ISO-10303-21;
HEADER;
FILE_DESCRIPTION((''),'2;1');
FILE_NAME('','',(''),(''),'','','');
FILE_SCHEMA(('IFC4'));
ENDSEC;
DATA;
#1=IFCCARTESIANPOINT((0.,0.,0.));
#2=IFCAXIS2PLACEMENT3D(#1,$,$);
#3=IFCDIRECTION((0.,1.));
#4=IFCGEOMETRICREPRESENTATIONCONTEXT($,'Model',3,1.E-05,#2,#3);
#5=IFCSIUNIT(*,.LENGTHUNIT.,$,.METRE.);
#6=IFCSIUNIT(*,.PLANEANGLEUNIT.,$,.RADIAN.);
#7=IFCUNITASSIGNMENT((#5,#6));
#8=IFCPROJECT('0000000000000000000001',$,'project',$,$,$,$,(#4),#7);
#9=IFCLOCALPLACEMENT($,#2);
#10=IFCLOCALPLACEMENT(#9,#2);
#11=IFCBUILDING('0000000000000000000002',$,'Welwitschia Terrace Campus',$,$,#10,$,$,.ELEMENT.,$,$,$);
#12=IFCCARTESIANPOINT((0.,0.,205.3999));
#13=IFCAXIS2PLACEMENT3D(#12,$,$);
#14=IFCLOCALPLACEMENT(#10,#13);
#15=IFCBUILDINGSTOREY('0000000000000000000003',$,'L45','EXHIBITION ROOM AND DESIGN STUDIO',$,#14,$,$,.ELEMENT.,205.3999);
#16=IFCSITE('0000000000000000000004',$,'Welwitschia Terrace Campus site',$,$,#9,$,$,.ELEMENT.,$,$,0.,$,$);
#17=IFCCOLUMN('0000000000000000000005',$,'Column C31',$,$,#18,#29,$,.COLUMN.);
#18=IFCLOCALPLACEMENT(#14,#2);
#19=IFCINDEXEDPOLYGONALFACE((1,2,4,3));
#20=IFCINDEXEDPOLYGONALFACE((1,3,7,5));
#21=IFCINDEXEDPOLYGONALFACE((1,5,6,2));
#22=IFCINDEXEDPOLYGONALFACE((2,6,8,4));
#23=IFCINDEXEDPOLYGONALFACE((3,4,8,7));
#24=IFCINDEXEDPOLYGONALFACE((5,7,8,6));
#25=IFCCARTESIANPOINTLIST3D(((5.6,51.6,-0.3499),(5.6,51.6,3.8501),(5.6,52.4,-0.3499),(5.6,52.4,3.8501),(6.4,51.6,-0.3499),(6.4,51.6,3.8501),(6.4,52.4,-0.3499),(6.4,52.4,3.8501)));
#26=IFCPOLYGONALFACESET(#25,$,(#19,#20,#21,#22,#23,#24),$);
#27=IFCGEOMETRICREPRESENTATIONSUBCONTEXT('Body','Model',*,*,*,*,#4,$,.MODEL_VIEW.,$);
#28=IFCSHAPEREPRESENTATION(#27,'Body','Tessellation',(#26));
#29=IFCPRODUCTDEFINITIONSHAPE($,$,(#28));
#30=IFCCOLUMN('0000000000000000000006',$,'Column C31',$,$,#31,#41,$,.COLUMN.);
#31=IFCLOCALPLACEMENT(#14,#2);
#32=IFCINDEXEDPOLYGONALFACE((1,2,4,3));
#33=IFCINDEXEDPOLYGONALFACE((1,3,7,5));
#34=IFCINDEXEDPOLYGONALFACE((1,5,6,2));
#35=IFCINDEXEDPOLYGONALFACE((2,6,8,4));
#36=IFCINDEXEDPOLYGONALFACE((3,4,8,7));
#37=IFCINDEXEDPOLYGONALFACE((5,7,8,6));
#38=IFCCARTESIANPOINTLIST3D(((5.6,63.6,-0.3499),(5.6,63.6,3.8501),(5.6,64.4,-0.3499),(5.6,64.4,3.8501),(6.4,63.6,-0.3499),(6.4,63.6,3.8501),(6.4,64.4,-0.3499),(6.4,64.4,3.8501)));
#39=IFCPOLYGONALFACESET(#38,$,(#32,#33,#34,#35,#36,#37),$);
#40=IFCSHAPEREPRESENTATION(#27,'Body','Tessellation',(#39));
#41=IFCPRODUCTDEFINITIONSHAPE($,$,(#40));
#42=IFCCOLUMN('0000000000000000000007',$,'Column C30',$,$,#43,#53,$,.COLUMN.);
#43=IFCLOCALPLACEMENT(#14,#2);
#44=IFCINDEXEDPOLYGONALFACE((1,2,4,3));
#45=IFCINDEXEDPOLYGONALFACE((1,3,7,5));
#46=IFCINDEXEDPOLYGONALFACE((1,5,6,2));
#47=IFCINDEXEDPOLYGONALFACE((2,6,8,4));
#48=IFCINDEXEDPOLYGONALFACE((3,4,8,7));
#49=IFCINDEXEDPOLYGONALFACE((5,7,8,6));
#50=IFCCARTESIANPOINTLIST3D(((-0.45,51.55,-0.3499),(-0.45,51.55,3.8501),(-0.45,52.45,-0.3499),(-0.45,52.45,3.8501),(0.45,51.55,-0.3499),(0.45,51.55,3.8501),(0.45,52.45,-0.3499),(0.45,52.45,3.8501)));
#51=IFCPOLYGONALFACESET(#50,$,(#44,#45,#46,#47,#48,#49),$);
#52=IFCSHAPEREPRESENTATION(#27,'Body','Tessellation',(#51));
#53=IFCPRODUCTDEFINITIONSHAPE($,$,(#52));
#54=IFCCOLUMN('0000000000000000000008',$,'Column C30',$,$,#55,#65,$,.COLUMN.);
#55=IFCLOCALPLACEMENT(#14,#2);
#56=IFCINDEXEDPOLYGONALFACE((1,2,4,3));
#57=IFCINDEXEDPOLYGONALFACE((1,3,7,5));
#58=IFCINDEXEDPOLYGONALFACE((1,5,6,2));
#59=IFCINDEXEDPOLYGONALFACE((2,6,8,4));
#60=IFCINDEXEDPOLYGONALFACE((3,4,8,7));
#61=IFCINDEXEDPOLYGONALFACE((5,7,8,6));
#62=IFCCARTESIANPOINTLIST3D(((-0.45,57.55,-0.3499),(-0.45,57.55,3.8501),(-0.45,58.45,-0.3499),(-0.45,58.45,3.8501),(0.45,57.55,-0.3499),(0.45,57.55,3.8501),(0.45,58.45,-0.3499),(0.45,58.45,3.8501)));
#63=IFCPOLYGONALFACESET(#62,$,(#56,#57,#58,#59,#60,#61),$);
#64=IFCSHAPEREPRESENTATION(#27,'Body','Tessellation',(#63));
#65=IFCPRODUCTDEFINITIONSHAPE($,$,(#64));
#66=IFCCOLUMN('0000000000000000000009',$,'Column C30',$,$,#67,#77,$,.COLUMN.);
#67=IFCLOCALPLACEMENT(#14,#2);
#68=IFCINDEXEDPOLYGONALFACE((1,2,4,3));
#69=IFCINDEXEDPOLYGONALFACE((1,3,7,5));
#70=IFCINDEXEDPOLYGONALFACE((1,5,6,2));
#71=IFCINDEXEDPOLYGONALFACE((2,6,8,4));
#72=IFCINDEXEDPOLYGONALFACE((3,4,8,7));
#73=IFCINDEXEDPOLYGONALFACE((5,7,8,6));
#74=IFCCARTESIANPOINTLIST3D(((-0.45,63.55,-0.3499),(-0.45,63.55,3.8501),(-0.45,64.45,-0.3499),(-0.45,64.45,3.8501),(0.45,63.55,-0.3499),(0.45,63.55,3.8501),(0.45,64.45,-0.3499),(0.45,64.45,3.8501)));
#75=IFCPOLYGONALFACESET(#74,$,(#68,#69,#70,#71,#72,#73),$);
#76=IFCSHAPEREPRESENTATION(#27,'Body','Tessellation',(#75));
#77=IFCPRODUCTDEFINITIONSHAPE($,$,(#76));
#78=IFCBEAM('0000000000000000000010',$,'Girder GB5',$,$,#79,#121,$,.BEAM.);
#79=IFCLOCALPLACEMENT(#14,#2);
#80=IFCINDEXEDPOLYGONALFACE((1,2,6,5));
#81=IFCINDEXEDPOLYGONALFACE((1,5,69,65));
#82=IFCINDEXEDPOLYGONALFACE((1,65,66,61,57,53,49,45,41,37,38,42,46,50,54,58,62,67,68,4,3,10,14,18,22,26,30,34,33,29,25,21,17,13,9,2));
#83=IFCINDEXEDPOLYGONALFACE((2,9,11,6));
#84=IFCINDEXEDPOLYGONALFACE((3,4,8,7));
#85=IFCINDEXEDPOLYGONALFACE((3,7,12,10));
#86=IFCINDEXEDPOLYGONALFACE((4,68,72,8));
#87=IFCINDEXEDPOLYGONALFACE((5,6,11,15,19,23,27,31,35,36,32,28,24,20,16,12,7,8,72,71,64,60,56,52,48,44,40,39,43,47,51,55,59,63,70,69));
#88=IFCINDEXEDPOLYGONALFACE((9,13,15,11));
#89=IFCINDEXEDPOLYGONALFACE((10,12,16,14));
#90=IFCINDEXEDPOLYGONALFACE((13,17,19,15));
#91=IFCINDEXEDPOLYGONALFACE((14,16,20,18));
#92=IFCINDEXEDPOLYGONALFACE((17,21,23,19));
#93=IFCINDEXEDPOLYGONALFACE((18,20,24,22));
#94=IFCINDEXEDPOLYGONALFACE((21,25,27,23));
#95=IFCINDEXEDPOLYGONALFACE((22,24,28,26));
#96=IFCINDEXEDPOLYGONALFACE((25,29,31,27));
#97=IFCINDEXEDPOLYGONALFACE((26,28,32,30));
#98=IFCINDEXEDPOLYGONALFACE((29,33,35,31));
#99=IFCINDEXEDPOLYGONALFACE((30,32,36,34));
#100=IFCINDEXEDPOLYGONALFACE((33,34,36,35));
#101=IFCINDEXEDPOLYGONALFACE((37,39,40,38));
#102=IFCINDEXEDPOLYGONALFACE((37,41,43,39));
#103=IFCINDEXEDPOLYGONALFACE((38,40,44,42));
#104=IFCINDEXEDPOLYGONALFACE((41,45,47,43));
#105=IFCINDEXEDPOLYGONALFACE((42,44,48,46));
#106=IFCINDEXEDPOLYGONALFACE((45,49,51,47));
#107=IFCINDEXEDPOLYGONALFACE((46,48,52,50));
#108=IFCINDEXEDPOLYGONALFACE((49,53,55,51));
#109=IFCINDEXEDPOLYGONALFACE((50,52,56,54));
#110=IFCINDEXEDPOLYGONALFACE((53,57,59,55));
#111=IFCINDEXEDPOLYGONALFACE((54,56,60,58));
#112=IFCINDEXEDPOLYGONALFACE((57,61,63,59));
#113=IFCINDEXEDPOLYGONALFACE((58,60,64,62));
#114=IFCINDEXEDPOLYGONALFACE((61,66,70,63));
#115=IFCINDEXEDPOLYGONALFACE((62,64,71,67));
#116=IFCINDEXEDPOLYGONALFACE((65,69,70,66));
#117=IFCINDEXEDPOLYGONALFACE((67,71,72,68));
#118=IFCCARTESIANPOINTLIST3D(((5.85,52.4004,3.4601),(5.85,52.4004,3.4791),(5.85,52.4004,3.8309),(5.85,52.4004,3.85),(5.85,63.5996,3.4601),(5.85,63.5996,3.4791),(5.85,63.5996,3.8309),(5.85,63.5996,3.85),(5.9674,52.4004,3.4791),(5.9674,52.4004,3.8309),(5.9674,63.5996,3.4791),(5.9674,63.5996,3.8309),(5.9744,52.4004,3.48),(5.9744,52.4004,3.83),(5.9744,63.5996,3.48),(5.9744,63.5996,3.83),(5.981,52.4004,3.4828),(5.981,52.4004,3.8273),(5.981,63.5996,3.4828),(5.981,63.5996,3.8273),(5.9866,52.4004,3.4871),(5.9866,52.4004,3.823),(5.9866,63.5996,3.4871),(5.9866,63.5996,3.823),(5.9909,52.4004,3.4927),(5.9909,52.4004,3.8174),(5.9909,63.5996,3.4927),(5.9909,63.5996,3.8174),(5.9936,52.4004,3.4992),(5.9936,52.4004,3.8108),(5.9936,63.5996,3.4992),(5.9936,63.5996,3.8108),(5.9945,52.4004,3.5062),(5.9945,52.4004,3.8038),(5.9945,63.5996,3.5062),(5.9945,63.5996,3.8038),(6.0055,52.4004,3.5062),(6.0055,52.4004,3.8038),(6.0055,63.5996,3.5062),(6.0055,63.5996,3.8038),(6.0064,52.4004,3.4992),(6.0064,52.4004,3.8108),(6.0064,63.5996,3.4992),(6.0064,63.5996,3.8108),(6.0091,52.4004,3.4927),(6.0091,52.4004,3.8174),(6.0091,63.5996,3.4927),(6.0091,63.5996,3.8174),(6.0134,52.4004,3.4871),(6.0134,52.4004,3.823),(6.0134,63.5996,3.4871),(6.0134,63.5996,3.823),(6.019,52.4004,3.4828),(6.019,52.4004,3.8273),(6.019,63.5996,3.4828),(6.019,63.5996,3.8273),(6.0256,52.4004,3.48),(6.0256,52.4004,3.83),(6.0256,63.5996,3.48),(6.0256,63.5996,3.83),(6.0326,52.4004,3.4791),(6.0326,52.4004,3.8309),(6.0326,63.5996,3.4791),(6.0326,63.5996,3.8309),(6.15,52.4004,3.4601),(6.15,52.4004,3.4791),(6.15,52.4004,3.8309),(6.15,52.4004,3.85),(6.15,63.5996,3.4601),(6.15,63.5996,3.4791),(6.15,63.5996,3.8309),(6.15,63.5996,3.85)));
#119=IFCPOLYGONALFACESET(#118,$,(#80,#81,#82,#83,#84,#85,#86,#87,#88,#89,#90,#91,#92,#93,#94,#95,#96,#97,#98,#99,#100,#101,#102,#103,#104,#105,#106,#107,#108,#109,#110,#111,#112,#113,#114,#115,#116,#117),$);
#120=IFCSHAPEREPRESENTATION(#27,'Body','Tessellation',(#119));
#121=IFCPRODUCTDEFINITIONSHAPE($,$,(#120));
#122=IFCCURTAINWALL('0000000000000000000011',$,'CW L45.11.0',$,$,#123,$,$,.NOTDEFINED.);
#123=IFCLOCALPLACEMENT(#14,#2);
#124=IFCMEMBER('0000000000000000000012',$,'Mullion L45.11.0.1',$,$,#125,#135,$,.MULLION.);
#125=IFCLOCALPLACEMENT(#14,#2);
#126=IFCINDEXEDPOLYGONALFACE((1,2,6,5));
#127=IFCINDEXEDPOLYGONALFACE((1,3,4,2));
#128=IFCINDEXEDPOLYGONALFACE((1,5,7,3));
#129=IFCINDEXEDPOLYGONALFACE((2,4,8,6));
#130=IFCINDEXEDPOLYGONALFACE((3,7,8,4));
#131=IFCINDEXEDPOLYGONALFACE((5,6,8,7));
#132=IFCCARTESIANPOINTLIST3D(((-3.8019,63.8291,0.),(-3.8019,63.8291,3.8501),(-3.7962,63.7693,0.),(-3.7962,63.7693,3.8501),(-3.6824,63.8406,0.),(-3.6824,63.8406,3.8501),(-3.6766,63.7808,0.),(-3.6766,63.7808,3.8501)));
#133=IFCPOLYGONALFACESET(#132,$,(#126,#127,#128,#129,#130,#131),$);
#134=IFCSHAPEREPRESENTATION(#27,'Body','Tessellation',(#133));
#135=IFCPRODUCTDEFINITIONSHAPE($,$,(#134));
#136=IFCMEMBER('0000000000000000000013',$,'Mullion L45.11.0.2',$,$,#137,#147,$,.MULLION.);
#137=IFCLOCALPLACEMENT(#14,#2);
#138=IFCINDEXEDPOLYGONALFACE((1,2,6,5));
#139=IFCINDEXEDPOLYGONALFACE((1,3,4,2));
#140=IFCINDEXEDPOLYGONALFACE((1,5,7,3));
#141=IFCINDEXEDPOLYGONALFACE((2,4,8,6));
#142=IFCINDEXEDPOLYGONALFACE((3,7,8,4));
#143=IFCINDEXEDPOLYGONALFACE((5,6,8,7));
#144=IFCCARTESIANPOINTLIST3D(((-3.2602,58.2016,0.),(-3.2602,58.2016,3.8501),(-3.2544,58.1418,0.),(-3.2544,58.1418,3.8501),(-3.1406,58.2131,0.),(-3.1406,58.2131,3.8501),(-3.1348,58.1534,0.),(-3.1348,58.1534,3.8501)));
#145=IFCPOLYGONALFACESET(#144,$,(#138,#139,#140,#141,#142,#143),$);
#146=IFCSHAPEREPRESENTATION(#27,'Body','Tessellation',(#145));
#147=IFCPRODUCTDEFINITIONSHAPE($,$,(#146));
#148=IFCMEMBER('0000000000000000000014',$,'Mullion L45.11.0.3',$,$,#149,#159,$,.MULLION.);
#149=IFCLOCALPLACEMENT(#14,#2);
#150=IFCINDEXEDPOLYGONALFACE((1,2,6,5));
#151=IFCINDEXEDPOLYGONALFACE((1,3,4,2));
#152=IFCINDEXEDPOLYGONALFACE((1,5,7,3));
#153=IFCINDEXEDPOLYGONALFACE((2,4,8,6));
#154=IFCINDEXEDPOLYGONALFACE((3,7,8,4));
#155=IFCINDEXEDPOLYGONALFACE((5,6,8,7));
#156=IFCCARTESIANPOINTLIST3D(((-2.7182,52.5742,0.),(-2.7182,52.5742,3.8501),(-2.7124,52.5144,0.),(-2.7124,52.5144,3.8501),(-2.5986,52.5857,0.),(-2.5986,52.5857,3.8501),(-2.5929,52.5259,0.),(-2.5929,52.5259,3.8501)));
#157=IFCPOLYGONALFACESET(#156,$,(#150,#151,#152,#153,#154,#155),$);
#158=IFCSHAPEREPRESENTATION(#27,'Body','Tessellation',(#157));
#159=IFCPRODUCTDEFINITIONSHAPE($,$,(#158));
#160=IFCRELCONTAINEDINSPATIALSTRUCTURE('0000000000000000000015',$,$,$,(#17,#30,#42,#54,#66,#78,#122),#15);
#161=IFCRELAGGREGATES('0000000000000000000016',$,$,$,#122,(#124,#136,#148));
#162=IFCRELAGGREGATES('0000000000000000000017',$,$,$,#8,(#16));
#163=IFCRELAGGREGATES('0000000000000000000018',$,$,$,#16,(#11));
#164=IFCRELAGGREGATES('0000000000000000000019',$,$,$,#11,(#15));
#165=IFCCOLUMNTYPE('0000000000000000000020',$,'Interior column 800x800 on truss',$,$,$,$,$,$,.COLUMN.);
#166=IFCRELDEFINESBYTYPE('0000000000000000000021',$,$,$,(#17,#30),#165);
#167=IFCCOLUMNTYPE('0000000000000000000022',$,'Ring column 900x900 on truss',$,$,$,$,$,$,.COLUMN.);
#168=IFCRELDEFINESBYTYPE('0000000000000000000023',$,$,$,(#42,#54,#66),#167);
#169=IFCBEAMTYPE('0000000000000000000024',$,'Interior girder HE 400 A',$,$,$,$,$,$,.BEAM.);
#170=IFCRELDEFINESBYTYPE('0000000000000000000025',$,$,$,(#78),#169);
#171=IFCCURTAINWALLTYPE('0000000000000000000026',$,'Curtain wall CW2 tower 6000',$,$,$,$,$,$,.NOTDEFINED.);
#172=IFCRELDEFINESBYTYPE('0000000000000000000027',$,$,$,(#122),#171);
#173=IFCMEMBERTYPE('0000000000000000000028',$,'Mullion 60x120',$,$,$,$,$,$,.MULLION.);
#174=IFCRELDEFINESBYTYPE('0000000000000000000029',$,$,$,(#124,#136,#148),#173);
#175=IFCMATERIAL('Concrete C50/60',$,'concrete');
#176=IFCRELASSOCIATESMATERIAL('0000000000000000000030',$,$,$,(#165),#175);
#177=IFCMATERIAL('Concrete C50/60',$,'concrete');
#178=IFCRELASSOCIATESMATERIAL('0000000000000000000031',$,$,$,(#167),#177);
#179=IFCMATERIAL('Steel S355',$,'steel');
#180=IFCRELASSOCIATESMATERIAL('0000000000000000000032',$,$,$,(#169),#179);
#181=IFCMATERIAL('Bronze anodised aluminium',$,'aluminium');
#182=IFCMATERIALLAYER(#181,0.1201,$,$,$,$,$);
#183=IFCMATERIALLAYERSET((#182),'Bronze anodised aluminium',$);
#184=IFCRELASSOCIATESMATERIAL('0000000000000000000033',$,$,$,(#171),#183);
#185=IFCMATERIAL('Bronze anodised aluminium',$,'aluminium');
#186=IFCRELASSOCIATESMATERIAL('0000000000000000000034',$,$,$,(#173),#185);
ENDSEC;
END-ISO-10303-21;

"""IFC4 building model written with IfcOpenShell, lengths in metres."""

from ifc_helpers import new_model, si_unit, direction, frame, origin, origin_2d, place, context, subcontext, project, spatial, rectangle, i_section, extrude, material, layer, layer_set, material_profile, profile_set, type_object, element, aggregate, save


model = new_model("IFC4")

# Units and contexts
model_context = context("Model", 3, precision=1e-05, world=origin(), true_north=direction((0.0, 1.0)))
body_context = subcontext(model_context, "Body", "Model", "MODEL_VIEW")
ifc_project = project(units=[si_unit("LENGTHUNIT", "METRE"), si_unit("PLANEANGLEUNIT", "RADIAN")], contexts=[model_context])

# Site, building, storey
site_placement = place(None, origin())
site = spatial("IfcSite", under=ifc_project, at=site_placement, Name="Welwitschia Terrace Campus site", CompositionType="ELEMENT", RefElevation=0.0)
building_placement = place(site_placement, origin())
building = spatial("IfcBuilding", under=site, at=building_placement, Name="Welwitschia Terrace Campus", CompositionType="ELEMENT")
storey_placement = place(building_placement, frame((0.0, 0.0, 205.3999)))
storey = spatial("IfcBuildingStorey", under=building, at=storey_placement, Name="L45", Description="EXHIBITION ROOM AND DESIGN STUDIO", CompositionType="ELEMENT", Elevation=205.3999)

# Columns
ifc_material_1 = material(Name="Concrete C50/60", Category="concrete")
ifc_material_profile_1 = material_profile(ifc_material_1, rectangle(XDim=0.8, YDim=0.8, at=origin_2d()))
ifc_profile_set_1 = profile_set([ifc_material_profile_1], Name="Concrete C50/60")
column_type_1 = type_object("IfcColumnType", Name="Interior column 800x800 on truss", PredefinedType="COLUMN", material=ifc_profile_set_1)
for number, where, z_axis, x_axis, name in (
    (1, (6.0, 52.0, -0.3499), (0.0, 0.0, 1.0), (1.0, 0.0, 0.0), "Column C31"),
    (2, (6.0, 64.0, -0.3499), (0.0, 0.0, 1.0), (1.0, 0.0, 0.0), "Column C31"),
):
    element("IfcColumn", number, at=place(storey_placement, frame(where, z_axis=z_axis, x_axis=x_axis)), inside=storey, type_object=column_type_1, Name=name, PredefinedType="COLUMN", context=body_context, shape_type="SweptSolid", body=[
        extrude(rectangle(XDim=0.8, YDim=0.8, at=origin_2d()), origin(), (0.0, 0.0, 1.0), 4.2),
    ])
ifc_material_2 = material(Name="Concrete C50/60", Category="concrete")
ifc_material_profile_2 = material_profile(ifc_material_2, rectangle(XDim=0.8999, YDim=0.8999, at=origin_2d()))
ifc_profile_set_2 = profile_set([ifc_material_profile_2], Name="Concrete C50/60")
column_type_2 = type_object("IfcColumnType", Name="Ring column 900x900 on truss", PredefinedType="COLUMN", material=ifc_profile_set_2)
for number, where, z_axis, x_axis, name in (
    (3, (0.0, 52.0, -0.3499), (0.0, 0.0, 1.0), (1.0, 0.0, 0.0), "Column C30"),
    (4, (0.0, 58.0, -0.3499), (0.0, 0.0, 1.0), (1.0, 0.0, 0.0), "Column C30"),
    (5, (0.0, 64.0, -0.3499), (0.0, 0.0, 1.0), (1.0, 0.0, 0.0), "Column C30"),
):
    element("IfcColumn", number, at=place(storey_placement, frame(where, z_axis=z_axis, x_axis=x_axis)), inside=storey, type_object=column_type_2, Name=name, PredefinedType="COLUMN", context=body_context, shape_type="SweptSolid", body=[
        extrude(rectangle(XDim=0.8999, YDim=0.8999, at=origin_2d()), origin(), (0.0, 0.0, 1.0), 4.2),
    ])

# Beam
ifc_material_3 = material(Name="Steel S355", Category="steel")
ifc_material_profile_3 = material_profile(ifc_material_3, i_section(OverallWidth=0.3, OverallDepth=0.3899, WebThickness=0.011, FlangeThickness=0.019, FilletRadius=0.0271, at=origin_2d()))
ifc_profile_set_3 = profile_set([ifc_material_profile_3], Name="Steel S355")
beam_type_1 = type_object("IfcBeamType", Name="Interior girder HE 400 A", PredefinedType="BEAM", material=ifc_profile_set_3)
beam_placement = place(storey_placement, frame((6.0, 52.4004, 3.655), z_axis=(0.0, 1.0, 0.0), x_axis=(-1.0, 0.0, 0.0)))
element("IfcBeam", 6, at=beam_placement, inside=storey, type_object=beam_type_1, Name="Girder GB5", PredefinedType="BEAM", context=body_context, shape_type="SweptSolid", body=[
    extrude(i_section(OverallWidth=0.3, OverallDepth=0.3899, WebThickness=0.011, FlangeThickness=0.019, FilletRadius=0.0271, at=origin_2d()), origin(), (0.0, 0.0, 1.0), 11.1992),
])

# Curtain wall, members
ifc_material_4 = material(Name="Bronze anodised aluminium", Category="aluminium")
ifc_layer_1 = layer(ifc_material_4, 0.1201)
ifc_layer_set_1 = layer_set([ifc_layer_1], Name="Bronze anodised aluminium")
curtain_wall_type = type_object("IfcCurtainWallType", Name="Curtain wall CW2 tower 6000", PredefinedType="NOTDEFINED", material=ifc_layer_set_1)
curtain_wall_placement = place(storey_placement, origin())
curtain_wall = element("IfcCurtainWall", 7, at=curtain_wall_placement, inside=storey, type_object=curtain_wall_type, Name="CW L45.11.0", PredefinedType="NOTDEFINED")
ifc_material_5 = material(Name="Bronze anodised aluminium", Category="aluminium")
ifc_material_profile_4 = material_profile(ifc_material_5, rectangle(XDim=0.1201, YDim=0.0601, at=origin_2d()))
ifc_profile_set_4 = profile_set([ifc_material_profile_4], Name="Bronze anodised aluminium")
member_type = type_object("IfcMemberType", Name="Mullion 60x120", PredefinedType="MULLION", material=ifc_profile_set_4)
member_1_placement = place(storey_placement, frame((-3.7393, 63.8049, 0.0), z_axis=(0.0, 0.0, 1.0), x_axis=(0.995396, 0.095846, 0.0)))
member_1 = element("IfcMember", 8, at=member_1_placement, type_object=member_type, Name="Mullion L45.11.0.1", PredefinedType="MULLION", context=body_context, shape_type="SweptSolid", body=[
    extrude(rectangle(XDim=0.1201, YDim=0.0601, at=origin_2d()), origin(), (0.0, 0.0, 1.0), 3.8501),
])
member_2_placement = place(storey_placement, frame((-3.1975, 58.1775, 0.0), z_axis=(0.0, 0.0, 1.0), x_axis=(0.995396, 0.095846, 0.0)))
member_2 = element("IfcMember", 9, at=member_2_placement, type_object=member_type, Name="Mullion L45.11.0.2", PredefinedType="MULLION", context=body_context, shape_type="SweptSolid", body=[
    extrude(rectangle(XDim=0.1201, YDim=0.0601, at=origin_2d()), origin(), (0.0, 0.0, 1.0), 3.8501),
])
member_3_placement = place(storey_placement, frame((-2.6555, 52.55, 0.0), z_axis=(0.0, 0.0, 1.0), x_axis=(0.995396, 0.095846, 0.0)))
member_3 = element("IfcMember", 10, at=member_3_placement, type_object=member_type, Name="Mullion L45.11.0.3", PredefinedType="MULLION", context=body_context, shape_type="SweptSolid", body=[
    extrude(rectangle(XDim=0.1201, YDim=0.0601, at=origin_2d()), origin(), (0.0, 0.0, 1.0), 3.8501),
])

aggregate(curtain_wall, [member_1, member_2, member_3])

save(model, "model.ifc")
